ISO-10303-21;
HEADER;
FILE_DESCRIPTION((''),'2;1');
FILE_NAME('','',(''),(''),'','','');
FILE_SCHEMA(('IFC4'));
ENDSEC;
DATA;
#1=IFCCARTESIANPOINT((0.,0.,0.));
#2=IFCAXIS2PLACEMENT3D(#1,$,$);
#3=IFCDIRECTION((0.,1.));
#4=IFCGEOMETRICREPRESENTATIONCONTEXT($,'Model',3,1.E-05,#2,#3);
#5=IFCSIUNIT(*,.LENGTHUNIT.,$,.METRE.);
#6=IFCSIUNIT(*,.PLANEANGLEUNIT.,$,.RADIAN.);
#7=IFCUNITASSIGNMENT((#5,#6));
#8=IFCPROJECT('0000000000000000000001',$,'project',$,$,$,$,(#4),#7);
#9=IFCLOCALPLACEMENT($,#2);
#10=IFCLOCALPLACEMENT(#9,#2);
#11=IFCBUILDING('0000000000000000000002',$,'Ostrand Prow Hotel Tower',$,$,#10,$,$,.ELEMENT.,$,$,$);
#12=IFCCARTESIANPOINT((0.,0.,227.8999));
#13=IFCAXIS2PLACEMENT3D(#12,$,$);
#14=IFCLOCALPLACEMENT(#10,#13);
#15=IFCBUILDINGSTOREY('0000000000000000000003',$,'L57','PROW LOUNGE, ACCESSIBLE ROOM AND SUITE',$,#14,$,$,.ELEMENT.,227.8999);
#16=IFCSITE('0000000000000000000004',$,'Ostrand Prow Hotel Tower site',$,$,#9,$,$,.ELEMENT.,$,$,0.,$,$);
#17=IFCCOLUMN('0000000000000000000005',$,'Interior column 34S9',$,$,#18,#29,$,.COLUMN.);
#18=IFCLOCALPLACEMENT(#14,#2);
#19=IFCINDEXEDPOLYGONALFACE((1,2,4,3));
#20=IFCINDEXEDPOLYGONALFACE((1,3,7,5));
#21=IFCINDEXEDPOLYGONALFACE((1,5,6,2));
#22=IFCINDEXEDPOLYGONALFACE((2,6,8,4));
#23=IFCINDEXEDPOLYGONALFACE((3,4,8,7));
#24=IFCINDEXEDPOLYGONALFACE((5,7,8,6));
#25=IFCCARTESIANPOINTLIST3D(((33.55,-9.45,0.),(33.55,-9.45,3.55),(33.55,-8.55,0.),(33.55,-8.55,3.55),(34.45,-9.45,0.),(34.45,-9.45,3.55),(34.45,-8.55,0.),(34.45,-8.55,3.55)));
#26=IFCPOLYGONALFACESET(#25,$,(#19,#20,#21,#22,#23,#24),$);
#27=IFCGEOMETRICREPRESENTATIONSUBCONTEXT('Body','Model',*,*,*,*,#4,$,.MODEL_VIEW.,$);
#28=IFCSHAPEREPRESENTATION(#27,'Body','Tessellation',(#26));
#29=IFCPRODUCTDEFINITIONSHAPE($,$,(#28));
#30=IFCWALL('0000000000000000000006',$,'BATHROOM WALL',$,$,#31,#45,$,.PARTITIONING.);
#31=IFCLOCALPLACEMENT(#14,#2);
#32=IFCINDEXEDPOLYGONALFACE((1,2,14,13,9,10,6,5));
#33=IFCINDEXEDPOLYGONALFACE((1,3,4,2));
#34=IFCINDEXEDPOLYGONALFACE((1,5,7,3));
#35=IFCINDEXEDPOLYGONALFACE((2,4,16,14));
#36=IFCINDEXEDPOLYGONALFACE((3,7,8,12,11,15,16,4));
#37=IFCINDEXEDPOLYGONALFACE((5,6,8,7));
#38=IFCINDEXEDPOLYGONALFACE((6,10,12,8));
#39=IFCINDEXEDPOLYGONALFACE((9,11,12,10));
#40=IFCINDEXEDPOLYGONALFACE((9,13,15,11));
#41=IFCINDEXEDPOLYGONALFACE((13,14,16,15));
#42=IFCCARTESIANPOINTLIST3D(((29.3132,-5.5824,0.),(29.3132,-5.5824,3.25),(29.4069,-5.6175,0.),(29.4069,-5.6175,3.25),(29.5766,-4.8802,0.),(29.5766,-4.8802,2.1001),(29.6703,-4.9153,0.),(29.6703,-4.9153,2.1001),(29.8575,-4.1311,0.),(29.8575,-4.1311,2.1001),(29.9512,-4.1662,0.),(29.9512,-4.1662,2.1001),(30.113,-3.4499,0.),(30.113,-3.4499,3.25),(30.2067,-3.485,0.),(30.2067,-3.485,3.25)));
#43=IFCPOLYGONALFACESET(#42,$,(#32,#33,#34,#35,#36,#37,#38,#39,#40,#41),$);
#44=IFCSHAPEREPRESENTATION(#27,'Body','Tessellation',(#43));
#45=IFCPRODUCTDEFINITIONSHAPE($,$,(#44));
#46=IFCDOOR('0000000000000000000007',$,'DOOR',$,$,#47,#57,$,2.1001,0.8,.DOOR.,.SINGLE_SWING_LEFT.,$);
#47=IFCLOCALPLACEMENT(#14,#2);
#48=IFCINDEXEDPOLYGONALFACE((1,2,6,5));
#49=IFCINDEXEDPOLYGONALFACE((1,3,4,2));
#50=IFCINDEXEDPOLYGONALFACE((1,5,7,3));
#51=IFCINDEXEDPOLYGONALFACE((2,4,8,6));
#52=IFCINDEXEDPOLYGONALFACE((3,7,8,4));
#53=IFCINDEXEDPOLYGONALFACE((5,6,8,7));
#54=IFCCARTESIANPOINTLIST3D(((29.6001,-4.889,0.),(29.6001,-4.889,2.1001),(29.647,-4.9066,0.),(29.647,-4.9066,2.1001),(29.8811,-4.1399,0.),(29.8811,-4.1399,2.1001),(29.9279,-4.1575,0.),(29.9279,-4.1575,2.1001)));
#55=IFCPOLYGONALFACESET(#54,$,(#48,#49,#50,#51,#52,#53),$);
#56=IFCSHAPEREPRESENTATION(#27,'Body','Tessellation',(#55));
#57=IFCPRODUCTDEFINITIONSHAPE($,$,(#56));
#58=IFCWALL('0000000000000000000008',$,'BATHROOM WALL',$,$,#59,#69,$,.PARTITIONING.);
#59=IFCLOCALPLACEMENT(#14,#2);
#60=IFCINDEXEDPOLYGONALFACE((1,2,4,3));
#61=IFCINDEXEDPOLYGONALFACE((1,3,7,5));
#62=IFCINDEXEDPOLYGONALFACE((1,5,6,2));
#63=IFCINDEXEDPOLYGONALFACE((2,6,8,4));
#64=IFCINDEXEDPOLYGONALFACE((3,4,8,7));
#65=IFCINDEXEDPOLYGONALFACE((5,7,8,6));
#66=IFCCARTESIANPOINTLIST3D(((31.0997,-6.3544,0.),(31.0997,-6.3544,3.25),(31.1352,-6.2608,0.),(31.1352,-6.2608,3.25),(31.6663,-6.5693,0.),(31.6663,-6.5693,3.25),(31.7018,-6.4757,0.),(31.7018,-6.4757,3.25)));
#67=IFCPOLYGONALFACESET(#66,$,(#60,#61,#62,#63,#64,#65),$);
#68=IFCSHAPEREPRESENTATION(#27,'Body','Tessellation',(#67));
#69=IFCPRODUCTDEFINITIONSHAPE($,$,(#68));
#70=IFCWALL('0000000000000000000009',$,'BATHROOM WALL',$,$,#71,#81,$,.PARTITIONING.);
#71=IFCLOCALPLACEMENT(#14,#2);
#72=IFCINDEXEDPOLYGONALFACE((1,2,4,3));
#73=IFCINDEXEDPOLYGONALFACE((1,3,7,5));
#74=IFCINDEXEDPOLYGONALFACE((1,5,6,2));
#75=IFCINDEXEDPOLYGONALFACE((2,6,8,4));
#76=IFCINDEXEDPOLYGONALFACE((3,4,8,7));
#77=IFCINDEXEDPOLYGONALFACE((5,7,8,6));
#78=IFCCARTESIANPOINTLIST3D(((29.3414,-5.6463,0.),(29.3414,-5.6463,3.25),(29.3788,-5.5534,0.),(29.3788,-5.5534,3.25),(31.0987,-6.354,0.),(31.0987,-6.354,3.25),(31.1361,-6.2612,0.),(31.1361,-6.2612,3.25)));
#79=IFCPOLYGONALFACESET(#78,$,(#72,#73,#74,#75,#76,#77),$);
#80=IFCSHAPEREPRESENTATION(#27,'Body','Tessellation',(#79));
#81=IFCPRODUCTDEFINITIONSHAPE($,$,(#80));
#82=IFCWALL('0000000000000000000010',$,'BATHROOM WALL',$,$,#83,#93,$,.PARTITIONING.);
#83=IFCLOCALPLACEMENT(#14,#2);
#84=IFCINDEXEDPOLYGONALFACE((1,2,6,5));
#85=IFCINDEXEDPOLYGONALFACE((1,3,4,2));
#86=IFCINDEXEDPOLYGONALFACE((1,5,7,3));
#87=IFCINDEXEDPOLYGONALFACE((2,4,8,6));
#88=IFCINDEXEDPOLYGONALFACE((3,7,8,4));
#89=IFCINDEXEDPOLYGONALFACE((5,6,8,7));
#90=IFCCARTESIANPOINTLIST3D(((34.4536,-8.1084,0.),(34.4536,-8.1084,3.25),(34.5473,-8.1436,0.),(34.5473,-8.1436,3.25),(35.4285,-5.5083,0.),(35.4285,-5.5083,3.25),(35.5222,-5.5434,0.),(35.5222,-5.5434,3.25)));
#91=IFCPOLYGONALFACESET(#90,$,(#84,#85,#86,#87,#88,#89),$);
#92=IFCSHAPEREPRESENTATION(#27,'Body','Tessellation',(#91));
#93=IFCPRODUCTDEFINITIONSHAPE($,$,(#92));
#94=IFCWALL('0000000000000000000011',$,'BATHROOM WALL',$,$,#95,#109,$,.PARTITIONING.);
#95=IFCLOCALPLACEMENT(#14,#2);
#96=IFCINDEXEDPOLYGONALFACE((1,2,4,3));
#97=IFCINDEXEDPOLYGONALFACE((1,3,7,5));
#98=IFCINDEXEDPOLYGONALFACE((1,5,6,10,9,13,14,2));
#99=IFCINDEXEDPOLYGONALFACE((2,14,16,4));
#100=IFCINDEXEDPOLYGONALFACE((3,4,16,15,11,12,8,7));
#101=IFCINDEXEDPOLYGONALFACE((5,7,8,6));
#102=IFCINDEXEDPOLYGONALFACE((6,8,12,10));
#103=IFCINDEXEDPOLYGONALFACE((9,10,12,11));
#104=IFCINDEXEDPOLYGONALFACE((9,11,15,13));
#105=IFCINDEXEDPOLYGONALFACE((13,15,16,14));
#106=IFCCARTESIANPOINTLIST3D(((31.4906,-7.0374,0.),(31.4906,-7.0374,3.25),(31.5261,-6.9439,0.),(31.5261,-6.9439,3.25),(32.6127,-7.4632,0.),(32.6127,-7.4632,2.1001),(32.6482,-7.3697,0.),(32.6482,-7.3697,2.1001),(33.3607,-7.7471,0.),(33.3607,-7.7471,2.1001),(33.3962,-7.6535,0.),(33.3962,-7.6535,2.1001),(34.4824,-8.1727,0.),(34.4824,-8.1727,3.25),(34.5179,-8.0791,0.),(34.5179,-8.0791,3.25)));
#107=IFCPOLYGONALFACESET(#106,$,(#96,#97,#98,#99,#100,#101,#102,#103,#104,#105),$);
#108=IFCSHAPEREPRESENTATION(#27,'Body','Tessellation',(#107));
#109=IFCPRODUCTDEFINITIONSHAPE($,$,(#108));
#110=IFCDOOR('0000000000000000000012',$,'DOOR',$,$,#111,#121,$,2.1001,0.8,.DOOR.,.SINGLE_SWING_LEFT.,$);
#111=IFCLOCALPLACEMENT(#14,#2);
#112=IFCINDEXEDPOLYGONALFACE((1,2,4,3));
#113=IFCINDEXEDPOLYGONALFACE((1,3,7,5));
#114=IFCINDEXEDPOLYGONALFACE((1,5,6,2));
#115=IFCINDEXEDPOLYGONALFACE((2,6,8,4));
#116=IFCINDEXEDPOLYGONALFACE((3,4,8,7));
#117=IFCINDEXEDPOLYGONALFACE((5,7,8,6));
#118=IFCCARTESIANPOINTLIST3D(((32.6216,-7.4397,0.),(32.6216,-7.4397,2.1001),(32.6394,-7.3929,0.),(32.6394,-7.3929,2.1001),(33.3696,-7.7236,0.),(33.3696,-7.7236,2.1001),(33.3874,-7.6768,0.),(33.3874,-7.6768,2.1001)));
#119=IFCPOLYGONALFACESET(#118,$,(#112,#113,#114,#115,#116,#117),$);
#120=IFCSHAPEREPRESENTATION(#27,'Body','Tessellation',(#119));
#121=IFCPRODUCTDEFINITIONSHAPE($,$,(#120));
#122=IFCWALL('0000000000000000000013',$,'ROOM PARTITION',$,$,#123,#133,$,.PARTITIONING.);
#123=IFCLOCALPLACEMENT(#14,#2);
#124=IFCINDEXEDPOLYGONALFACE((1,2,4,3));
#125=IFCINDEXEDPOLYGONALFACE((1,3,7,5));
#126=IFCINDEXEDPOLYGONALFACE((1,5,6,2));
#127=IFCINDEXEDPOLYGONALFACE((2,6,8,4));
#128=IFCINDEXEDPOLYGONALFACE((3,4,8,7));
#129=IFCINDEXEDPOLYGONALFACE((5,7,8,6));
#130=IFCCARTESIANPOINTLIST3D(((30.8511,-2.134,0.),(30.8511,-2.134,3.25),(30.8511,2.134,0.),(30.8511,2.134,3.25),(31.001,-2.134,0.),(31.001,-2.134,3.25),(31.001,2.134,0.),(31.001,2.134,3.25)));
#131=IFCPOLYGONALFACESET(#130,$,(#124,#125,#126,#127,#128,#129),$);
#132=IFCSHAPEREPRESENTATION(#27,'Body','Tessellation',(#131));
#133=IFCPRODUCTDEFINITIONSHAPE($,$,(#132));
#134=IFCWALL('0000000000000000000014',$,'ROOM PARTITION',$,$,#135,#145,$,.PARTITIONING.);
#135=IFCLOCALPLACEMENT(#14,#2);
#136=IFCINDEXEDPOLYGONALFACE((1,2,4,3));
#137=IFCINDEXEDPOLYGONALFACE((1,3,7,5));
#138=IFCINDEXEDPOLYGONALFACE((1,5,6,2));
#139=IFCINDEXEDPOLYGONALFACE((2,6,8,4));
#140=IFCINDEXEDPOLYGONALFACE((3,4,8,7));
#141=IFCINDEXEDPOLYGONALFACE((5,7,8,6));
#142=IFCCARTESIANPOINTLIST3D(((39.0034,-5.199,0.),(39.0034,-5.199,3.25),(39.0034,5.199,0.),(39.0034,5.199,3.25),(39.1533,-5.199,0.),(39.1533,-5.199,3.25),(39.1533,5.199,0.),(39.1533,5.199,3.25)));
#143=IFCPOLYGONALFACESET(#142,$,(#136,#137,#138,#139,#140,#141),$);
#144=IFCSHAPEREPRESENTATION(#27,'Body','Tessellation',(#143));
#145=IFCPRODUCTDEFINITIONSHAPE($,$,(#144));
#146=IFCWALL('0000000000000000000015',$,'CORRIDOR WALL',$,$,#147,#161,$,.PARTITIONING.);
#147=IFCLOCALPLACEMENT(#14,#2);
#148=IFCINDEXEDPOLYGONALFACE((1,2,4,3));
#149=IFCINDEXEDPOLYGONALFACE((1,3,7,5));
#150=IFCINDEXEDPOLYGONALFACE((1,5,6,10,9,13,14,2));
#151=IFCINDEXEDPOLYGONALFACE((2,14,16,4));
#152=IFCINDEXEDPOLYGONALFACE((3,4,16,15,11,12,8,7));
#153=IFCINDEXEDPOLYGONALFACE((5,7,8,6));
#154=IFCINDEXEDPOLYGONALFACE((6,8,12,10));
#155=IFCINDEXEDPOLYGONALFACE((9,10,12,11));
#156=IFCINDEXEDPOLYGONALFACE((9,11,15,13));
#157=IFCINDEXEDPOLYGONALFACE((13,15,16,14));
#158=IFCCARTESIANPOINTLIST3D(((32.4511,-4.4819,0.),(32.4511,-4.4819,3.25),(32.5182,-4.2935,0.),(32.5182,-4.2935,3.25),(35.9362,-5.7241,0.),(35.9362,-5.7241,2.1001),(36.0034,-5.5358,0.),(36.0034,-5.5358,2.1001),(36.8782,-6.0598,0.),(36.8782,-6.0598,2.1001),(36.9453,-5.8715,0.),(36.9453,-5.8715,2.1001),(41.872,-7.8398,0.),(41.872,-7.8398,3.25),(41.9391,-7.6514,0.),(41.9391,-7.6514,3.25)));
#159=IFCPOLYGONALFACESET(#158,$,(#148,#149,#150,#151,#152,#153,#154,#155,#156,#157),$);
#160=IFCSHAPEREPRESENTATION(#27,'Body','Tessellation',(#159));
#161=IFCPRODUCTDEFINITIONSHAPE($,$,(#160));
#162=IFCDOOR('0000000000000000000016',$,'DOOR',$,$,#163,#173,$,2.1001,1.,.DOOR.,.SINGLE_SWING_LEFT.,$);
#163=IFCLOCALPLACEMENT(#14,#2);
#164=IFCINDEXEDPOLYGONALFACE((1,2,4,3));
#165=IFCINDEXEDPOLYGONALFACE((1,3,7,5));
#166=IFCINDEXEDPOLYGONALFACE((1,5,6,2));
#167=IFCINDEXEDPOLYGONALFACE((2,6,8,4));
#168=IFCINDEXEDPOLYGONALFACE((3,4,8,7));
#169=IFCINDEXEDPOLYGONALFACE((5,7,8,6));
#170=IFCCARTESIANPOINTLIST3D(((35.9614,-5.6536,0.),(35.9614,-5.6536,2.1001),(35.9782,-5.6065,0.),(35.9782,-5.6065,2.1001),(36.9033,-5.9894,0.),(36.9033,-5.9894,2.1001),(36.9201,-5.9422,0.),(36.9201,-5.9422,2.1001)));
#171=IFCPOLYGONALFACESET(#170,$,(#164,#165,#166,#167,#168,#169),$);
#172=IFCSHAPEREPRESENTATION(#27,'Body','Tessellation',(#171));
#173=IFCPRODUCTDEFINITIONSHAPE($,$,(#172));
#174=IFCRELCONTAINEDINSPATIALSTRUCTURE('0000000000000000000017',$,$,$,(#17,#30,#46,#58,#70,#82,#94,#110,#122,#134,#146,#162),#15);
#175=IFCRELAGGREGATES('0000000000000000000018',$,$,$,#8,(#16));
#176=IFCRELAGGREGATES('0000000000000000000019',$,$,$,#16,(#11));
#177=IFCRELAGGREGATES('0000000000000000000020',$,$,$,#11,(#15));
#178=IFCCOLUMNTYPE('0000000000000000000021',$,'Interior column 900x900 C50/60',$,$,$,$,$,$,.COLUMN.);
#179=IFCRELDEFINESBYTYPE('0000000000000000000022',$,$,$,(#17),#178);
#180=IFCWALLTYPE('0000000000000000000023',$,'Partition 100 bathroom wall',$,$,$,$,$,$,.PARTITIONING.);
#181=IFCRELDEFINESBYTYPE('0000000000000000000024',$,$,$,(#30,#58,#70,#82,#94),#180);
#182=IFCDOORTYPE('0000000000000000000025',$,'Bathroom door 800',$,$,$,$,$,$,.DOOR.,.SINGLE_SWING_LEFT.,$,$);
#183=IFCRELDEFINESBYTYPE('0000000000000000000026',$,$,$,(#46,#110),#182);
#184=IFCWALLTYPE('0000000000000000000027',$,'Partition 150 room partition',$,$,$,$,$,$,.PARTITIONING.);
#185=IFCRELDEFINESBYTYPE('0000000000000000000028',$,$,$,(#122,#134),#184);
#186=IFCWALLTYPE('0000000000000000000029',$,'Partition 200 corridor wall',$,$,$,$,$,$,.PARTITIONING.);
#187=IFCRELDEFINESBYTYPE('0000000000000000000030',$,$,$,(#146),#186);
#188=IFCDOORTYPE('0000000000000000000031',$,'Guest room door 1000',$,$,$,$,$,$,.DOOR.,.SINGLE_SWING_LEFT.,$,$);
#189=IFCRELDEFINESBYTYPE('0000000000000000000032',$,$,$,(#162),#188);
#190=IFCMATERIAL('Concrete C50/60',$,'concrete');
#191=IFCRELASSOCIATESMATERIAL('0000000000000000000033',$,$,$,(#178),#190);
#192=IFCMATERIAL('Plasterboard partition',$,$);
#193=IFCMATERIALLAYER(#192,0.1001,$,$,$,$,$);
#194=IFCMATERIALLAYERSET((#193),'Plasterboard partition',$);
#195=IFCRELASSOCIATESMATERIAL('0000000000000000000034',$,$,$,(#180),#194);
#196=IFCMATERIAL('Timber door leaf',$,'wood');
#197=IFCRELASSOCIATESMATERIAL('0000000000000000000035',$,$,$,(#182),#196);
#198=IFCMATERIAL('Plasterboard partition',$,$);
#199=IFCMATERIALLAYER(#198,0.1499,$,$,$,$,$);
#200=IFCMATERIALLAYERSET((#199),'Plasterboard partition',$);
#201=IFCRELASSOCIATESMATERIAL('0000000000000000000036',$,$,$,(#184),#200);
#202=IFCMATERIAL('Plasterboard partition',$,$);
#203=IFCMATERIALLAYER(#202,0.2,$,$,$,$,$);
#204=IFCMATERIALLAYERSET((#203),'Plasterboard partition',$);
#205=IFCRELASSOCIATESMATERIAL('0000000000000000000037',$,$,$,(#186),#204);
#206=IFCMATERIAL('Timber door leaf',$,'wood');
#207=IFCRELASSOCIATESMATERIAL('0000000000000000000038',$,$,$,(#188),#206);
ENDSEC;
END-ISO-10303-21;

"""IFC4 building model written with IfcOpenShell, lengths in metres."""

from ifc_helpers import new_model, si_unit, direction, frame, frame_2d, origin, origin_2d, place, context, subcontext, project, spatial, rectangle, extrude, material, layer, layer_set, material_profile, profile_set, type_object, element, fill, save


model = new_model("IFC4")

# Units and contexts
model_context = context("Model", 3, precision=1e-05, world=origin(), true_north=direction((0.0, 1.0)))
body_context = subcontext(model_context, "Body", "Model", "MODEL_VIEW")
ifc_project = project(units=[si_unit("LENGTHUNIT", "METRE"), si_unit("PLANEANGLEUNIT", "RADIAN")], contexts=[model_context])

# Site, building, storey
site_placement = place(None, origin())
site = spatial("IfcSite", under=ifc_project, at=site_placement, Name="Ostrand Prow Hotel Tower site", CompositionType="ELEMENT", RefElevation=0.0)
building_placement = place(site_placement, origin())
building = spatial("IfcBuilding", under=site, at=building_placement, Name="Ostrand Prow Hotel Tower", CompositionType="ELEMENT")
storey_placement = place(building_placement, frame((0.0, 0.0, 227.8999)))
storey = spatial("IfcBuildingStorey", under=building, at=storey_placement, Name="L57", Description="PROW LOUNGE, ACCESSIBLE ROOM AND SUITE", CompositionType="ELEMENT", Elevation=227.8999)

# Column
ifc_material_1 = material(Name="Concrete C50/60", Category="concrete")
ifc_material_profile = material_profile(ifc_material_1, rectangle(XDim=0.8999, YDim=0.8999, at=origin_2d()), Name="RC 900x900")
ifc_profile_set = profile_set([ifc_material_profile], Name="Concrete C50/60")
column_type = type_object("IfcColumnType", Name="Interior column 900x900 C50/60", PredefinedType="COLUMN", material=ifc_profile_set)
column_placement = place(storey_placement, frame((34.0, -9.0, 0.0), z_axis=(0.0, 0.0, 1.0), x_axis=(1.0, 0.0, 0.0)))
element("IfcColumn", 1, at=column_placement, inside=storey, type_object=column_type, Name="Interior column 34S9", PredefinedType="COLUMN", context=body_context, shape_type="SweptSolid", body=[
    extrude(rectangle(XDim=0.8999, YDim=0.8999, at=origin_2d()), origin(), (0.0, 0.0, 1.0), 3.55),
])

# Wall, opening, door
ifc_material_2 = material(Name="Plasterboard partition")
ifc_layer_1 = layer(ifc_material_2, 0.1001)
ifc_layer_set_1 = layer_set([ifc_layer_1], Name="Plasterboard partition")
wall_type_1 = type_object("IfcWallType", Name="Partition 100 bathroom wall", PredefinedType="PARTITIONING", material=ifc_layer_set_1)
wall_1_placement = place(storey_placement, frame((29.3601, -5.5999, 0.0), z_axis=(0.0, 0.0, 1.0), x_axis=(0.351159, 0.936316, 0.0)))
wall_1 = element("IfcWall", 2, at=wall_1_placement, inside=storey, type_object=wall_type_1, Name="BATHROOM WALL", PredefinedType="PARTITIONING", context=body_context, shape_type="SweptSolid", body=[
    extrude(rectangle(XDim=2.2776, YDim=0.1001, at=frame_2d((1.1387, 0.0))), origin(), (0.0, 0.0, 1.0), 3.25),
])
opening_1_placement = place(wall_1_placement, frame((0.75, 0.0, 0.0)))
opening_1 = element("IfcOpeningElement", 3, at=opening_1_placement, cuts=wall_1, PredefinedType="OPENING", context=body_context, shape_type="SweptSolid", body=[
    extrude(rectangle(XDim=0.8, YDim=2.1001, at=frame_2d((0.3999, 1.05))), frame((0.0, 0.0601, 0.0), z_axis=(0.0, -1.0, 0.0), x_axis=(1.0, 0.0, 0.0)), (0.0, 0.0, 1.0), 0.1201),
])
ifc_material_3 = material(Name="Timber door leaf", Category="wood")
door_type_1 = type_object("IfcDoorType", Name="Bathroom door 800", OperationType="SINGLE_SWING_LEFT", PredefinedType="DOOR", material=ifc_material_3)
door_1_placement = place(opening_1_placement, origin())
door_1 = element("IfcDoor", 4, at=door_1_placement, inside=storey, type_object=door_type_1, Name="DOOR", OperationType="SINGLE_SWING_LEFT", OverallHeight=2.1001, OverallWidth=0.8, PredefinedType="DOOR", context=body_context, shape_type="SweptSolid", body=[
    extrude(rectangle(XDim=0.8, YDim=2.1001, at=frame_2d((0.3999, 1.05))), frame((0.0, 0.0249, 0.0), z_axis=(0.0, -1.0, 0.0), x_axis=(1.0, 0.0, 0.0)), (0.0, 0.0, 1.0), 0.05),
])
fill(opening_1, door_1)

# Walls
wall_2_placement = place(storey_placement, frame((31.6841, -6.5225, 0.0), z_axis=(0.0, 0.0, 1.0), x_axis=(-0.935048, 0.354521, 0.0)))
element("IfcWall", 5, at=wall_2_placement, inside=storey, type_object=wall_type_1, Name="BATHROOM WALL", PredefinedType="PARTITIONING", context=body_context, shape_type="SweptSolid", body=[
    extrude(rectangle(XDim=0.606, YDim=0.1001, at=frame_2d((0.303, 0.0))), origin(), (0.0, 0.0, 1.0), 3.25),
])
wall_3_placement = place(storey_placement, frame((31.1174, -6.3076, 0.0), z_axis=(0.0, 0.0, 1.0), x_axis=(-0.927594, 0.373589, 0.0)))
element("IfcWall", 6, at=wall_3_placement, inside=storey, type_object=wall_type_1, Name="BATHROOM WALL", PredefinedType="PARTITIONING", context=body_context, shape_type="SweptSolid", body=[
    extrude(rectangle(XDim=1.8945, YDim=0.1001, at=frame_2d((0.9473, 0.0))), origin(), (0.0, 0.0, 1.0), 3.25),
])
wall_4_placement = place(storey_placement, frame((35.4753, -5.5259, 0.0), z_axis=(0.0, 0.0, 1.0), x_axis=(-0.351066, -0.936351, 0.0)))
element("IfcWall", 7, at=wall_4_placement, inside=storey, type_object=wall_type_1, Name="BATHROOM WALL", PredefinedType="PARTITIONING", context=body_context, shape_type="SweptSolid", body=[
    extrude(rectangle(XDim=2.7769, YDim=0.1001, at=frame_2d((1.3884, 0.0))), origin(), (0.0, 0.0, 1.0), 3.25),
])

# Wall, opening, door
wall_5_placement = place(storey_placement, frame((34.5002, -8.126, 0.0), z_axis=(0.0, 0.0, 1.0), x_axis=(-0.934949, 0.354783, 0.0)))
wall_5 = element("IfcWall", 8, at=wall_5_placement, inside=storey, type_object=wall_type_1, Name="BATHROOM WALL", PredefinedType="PARTITIONING", context=body_context, shape_type="SweptSolid", body=[
    extrude(rectangle(XDim=3.2, YDim=0.1001, at=frame_2d((1.6001, 0.0))), origin(), (0.0, 0.0, 1.0), 3.25),
])
opening_2_placement = place(wall_5_placement, frame((1.2, 0.0, 0.0)))
opening_2 = element("IfcOpeningElement", 9, at=opening_2_placement, cuts=wall_5, PredefinedType="OPENING", context=body_context, shape_type="SweptSolid", body=[
    extrude(rectangle(XDim=0.8, YDim=2.1001, at=frame_2d((0.3999, 1.05))), frame((0.0, 0.0601, 0.0), z_axis=(0.0, -1.0, 0.0), x_axis=(1.0, 0.0, 0.0)), (0.0, 0.0, 1.0), 0.1201),
])
door_2_placement = place(opening_2_placement, origin())
door_2 = element("IfcDoor", 10, at=door_2_placement, inside=storey, type_object=door_type_1, Name="DOOR", OperationType="SINGLE_SWING_LEFT", OverallHeight=2.1001, OverallWidth=0.8, PredefinedType="DOOR", context=body_context, shape_type="SweptSolid", body=[
    extrude(rectangle(XDim=0.8, YDim=2.1001, at=frame_2d((0.3999, 1.05))), frame((0.0, 0.0249, 0.0), z_axis=(0.0, -1.0, 0.0), x_axis=(1.0, 0.0, 0.0)), (0.0, 0.0, 1.0), 0.05),
])
fill(opening_2, door_2)

# Walls
ifc_material_4 = material(Name="Plasterboard partition")
ifc_layer_2 = layer(ifc_material_4, 0.1499)
ifc_layer_set_2 = layer_set([ifc_layer_2], Name="Plasterboard partition")
wall_type_2 = type_object("IfcWallType", Name="Partition 150 room partition", PredefinedType="PARTITIONING", material=ifc_layer_set_2)
wall_6_placement = place(storey_placement, frame((30.926, -2.134, 0.0), z_axis=(0.0, 0.0, 1.0), x_axis=(0.0, 1.0, 0.0)))
element("IfcWall", 11, at=wall_6_placement, inside=storey, type_object=wall_type_2, Name="ROOM PARTITION", PredefinedType="PARTITIONING", context=body_context, shape_type="SweptSolid", body=[
    extrude(rectangle(XDim=4.2681, YDim=0.1499, at=frame_2d((2.134, 0.0))), origin(), (0.0, 0.0, 1.0), 3.25),
])
wall_7_placement = place(storey_placement, frame((39.0784, -5.199, 0.0), z_axis=(0.0, 0.0, 1.0), x_axis=(0.0, 1.0, 0.0)))
element("IfcWall", 12, at=wall_7_placement, inside=storey, type_object=wall_type_2, Name="ROOM PARTITION", PredefinedType="PARTITIONING", context=body_context, shape_type="SweptSolid", body=[
    extrude(rectangle(XDim=10.3979, YDim=0.1499, at=frame_2d((5.199, 0.0))), origin(), (0.0, 0.0, 1.0), 3.25),
])

# Wall, opening, door
ifc_material_5 = material(Name="Plasterboard partition")
ifc_layer_3 = layer(ifc_material_5, 0.2)
ifc_layer_set_3 = layer_set([ifc_layer_3], Name="Plasterboard partition")
wall_type_3 = type_object("IfcWallType", Name="Partition 200 corridor wall", PredefinedType="PARTITIONING", material=ifc_layer_set_3)
wall_8_placement = place(storey_placement, frame((32.4846, -4.3877, 0.0), z_axis=(0.0, 0.0, 1.0), x_axis=(0.941954, -0.335743, 0.0)))
wall_8 = element("IfcWall", 13, at=wall_8_placement, inside=storey, type_object=wall_type_3, Name="CORRIDOR WALL", PredefinedType="PARTITIONING", context=body_context, shape_type="SweptSolid", body=[
    extrude(rectangle(XDim=10.0015, YDim=0.2, at=frame_2d((5.0007, 0.0))), origin(), (0.0, 0.0, 1.0), 3.25),
])
opening_3_placement = place(wall_8_placement, frame((3.7, 0.0, 0.0)))
opening_3 = element("IfcOpeningElement", 14, at=opening_3_placement, cuts=wall_8, PredefinedType="OPENING", context=body_context, shape_type="SweptSolid", body=[
    extrude(rectangle(XDim=1.0, YDim=2.1001, at=frame_2d((0.5, 1.05))), frame((0.0, 0.1099, 0.0), z_axis=(0.0, -1.0, 0.0), x_axis=(1.0, 0.0, 0.0)), (0.0, 0.0, 1.0), 0.22),
])
ifc_material_6 = material(Name="Timber door leaf", Category="wood")
door_type_2 = type_object("IfcDoorType", Name="Guest room door 1000", OperationType="SINGLE_SWING_LEFT", PredefinedType="DOOR", material=ifc_material_6)
door_3_placement = place(opening_3_placement, origin())
door_3 = element("IfcDoor", 15, at=door_3_placement, inside=storey, type_object=door_type_2, Name="DOOR", OperationType="SINGLE_SWING_LEFT", OverallHeight=2.1001, OverallWidth=1.0, PredefinedType="DOOR", context=body_context, shape_type="SweptSolid", body=[
    extrude(rectangle(XDim=1.0, YDim=2.1001, at=frame_2d((0.5, 1.05))), frame((0.0, 0.0249, 0.0), z_axis=(0.0, -1.0, 0.0), x_axis=(1.0, 0.0, 0.0)), (0.0, 0.0, 1.0), 0.05),
])
fill(opening_3, door_3)

save(model, "model.ifc")
